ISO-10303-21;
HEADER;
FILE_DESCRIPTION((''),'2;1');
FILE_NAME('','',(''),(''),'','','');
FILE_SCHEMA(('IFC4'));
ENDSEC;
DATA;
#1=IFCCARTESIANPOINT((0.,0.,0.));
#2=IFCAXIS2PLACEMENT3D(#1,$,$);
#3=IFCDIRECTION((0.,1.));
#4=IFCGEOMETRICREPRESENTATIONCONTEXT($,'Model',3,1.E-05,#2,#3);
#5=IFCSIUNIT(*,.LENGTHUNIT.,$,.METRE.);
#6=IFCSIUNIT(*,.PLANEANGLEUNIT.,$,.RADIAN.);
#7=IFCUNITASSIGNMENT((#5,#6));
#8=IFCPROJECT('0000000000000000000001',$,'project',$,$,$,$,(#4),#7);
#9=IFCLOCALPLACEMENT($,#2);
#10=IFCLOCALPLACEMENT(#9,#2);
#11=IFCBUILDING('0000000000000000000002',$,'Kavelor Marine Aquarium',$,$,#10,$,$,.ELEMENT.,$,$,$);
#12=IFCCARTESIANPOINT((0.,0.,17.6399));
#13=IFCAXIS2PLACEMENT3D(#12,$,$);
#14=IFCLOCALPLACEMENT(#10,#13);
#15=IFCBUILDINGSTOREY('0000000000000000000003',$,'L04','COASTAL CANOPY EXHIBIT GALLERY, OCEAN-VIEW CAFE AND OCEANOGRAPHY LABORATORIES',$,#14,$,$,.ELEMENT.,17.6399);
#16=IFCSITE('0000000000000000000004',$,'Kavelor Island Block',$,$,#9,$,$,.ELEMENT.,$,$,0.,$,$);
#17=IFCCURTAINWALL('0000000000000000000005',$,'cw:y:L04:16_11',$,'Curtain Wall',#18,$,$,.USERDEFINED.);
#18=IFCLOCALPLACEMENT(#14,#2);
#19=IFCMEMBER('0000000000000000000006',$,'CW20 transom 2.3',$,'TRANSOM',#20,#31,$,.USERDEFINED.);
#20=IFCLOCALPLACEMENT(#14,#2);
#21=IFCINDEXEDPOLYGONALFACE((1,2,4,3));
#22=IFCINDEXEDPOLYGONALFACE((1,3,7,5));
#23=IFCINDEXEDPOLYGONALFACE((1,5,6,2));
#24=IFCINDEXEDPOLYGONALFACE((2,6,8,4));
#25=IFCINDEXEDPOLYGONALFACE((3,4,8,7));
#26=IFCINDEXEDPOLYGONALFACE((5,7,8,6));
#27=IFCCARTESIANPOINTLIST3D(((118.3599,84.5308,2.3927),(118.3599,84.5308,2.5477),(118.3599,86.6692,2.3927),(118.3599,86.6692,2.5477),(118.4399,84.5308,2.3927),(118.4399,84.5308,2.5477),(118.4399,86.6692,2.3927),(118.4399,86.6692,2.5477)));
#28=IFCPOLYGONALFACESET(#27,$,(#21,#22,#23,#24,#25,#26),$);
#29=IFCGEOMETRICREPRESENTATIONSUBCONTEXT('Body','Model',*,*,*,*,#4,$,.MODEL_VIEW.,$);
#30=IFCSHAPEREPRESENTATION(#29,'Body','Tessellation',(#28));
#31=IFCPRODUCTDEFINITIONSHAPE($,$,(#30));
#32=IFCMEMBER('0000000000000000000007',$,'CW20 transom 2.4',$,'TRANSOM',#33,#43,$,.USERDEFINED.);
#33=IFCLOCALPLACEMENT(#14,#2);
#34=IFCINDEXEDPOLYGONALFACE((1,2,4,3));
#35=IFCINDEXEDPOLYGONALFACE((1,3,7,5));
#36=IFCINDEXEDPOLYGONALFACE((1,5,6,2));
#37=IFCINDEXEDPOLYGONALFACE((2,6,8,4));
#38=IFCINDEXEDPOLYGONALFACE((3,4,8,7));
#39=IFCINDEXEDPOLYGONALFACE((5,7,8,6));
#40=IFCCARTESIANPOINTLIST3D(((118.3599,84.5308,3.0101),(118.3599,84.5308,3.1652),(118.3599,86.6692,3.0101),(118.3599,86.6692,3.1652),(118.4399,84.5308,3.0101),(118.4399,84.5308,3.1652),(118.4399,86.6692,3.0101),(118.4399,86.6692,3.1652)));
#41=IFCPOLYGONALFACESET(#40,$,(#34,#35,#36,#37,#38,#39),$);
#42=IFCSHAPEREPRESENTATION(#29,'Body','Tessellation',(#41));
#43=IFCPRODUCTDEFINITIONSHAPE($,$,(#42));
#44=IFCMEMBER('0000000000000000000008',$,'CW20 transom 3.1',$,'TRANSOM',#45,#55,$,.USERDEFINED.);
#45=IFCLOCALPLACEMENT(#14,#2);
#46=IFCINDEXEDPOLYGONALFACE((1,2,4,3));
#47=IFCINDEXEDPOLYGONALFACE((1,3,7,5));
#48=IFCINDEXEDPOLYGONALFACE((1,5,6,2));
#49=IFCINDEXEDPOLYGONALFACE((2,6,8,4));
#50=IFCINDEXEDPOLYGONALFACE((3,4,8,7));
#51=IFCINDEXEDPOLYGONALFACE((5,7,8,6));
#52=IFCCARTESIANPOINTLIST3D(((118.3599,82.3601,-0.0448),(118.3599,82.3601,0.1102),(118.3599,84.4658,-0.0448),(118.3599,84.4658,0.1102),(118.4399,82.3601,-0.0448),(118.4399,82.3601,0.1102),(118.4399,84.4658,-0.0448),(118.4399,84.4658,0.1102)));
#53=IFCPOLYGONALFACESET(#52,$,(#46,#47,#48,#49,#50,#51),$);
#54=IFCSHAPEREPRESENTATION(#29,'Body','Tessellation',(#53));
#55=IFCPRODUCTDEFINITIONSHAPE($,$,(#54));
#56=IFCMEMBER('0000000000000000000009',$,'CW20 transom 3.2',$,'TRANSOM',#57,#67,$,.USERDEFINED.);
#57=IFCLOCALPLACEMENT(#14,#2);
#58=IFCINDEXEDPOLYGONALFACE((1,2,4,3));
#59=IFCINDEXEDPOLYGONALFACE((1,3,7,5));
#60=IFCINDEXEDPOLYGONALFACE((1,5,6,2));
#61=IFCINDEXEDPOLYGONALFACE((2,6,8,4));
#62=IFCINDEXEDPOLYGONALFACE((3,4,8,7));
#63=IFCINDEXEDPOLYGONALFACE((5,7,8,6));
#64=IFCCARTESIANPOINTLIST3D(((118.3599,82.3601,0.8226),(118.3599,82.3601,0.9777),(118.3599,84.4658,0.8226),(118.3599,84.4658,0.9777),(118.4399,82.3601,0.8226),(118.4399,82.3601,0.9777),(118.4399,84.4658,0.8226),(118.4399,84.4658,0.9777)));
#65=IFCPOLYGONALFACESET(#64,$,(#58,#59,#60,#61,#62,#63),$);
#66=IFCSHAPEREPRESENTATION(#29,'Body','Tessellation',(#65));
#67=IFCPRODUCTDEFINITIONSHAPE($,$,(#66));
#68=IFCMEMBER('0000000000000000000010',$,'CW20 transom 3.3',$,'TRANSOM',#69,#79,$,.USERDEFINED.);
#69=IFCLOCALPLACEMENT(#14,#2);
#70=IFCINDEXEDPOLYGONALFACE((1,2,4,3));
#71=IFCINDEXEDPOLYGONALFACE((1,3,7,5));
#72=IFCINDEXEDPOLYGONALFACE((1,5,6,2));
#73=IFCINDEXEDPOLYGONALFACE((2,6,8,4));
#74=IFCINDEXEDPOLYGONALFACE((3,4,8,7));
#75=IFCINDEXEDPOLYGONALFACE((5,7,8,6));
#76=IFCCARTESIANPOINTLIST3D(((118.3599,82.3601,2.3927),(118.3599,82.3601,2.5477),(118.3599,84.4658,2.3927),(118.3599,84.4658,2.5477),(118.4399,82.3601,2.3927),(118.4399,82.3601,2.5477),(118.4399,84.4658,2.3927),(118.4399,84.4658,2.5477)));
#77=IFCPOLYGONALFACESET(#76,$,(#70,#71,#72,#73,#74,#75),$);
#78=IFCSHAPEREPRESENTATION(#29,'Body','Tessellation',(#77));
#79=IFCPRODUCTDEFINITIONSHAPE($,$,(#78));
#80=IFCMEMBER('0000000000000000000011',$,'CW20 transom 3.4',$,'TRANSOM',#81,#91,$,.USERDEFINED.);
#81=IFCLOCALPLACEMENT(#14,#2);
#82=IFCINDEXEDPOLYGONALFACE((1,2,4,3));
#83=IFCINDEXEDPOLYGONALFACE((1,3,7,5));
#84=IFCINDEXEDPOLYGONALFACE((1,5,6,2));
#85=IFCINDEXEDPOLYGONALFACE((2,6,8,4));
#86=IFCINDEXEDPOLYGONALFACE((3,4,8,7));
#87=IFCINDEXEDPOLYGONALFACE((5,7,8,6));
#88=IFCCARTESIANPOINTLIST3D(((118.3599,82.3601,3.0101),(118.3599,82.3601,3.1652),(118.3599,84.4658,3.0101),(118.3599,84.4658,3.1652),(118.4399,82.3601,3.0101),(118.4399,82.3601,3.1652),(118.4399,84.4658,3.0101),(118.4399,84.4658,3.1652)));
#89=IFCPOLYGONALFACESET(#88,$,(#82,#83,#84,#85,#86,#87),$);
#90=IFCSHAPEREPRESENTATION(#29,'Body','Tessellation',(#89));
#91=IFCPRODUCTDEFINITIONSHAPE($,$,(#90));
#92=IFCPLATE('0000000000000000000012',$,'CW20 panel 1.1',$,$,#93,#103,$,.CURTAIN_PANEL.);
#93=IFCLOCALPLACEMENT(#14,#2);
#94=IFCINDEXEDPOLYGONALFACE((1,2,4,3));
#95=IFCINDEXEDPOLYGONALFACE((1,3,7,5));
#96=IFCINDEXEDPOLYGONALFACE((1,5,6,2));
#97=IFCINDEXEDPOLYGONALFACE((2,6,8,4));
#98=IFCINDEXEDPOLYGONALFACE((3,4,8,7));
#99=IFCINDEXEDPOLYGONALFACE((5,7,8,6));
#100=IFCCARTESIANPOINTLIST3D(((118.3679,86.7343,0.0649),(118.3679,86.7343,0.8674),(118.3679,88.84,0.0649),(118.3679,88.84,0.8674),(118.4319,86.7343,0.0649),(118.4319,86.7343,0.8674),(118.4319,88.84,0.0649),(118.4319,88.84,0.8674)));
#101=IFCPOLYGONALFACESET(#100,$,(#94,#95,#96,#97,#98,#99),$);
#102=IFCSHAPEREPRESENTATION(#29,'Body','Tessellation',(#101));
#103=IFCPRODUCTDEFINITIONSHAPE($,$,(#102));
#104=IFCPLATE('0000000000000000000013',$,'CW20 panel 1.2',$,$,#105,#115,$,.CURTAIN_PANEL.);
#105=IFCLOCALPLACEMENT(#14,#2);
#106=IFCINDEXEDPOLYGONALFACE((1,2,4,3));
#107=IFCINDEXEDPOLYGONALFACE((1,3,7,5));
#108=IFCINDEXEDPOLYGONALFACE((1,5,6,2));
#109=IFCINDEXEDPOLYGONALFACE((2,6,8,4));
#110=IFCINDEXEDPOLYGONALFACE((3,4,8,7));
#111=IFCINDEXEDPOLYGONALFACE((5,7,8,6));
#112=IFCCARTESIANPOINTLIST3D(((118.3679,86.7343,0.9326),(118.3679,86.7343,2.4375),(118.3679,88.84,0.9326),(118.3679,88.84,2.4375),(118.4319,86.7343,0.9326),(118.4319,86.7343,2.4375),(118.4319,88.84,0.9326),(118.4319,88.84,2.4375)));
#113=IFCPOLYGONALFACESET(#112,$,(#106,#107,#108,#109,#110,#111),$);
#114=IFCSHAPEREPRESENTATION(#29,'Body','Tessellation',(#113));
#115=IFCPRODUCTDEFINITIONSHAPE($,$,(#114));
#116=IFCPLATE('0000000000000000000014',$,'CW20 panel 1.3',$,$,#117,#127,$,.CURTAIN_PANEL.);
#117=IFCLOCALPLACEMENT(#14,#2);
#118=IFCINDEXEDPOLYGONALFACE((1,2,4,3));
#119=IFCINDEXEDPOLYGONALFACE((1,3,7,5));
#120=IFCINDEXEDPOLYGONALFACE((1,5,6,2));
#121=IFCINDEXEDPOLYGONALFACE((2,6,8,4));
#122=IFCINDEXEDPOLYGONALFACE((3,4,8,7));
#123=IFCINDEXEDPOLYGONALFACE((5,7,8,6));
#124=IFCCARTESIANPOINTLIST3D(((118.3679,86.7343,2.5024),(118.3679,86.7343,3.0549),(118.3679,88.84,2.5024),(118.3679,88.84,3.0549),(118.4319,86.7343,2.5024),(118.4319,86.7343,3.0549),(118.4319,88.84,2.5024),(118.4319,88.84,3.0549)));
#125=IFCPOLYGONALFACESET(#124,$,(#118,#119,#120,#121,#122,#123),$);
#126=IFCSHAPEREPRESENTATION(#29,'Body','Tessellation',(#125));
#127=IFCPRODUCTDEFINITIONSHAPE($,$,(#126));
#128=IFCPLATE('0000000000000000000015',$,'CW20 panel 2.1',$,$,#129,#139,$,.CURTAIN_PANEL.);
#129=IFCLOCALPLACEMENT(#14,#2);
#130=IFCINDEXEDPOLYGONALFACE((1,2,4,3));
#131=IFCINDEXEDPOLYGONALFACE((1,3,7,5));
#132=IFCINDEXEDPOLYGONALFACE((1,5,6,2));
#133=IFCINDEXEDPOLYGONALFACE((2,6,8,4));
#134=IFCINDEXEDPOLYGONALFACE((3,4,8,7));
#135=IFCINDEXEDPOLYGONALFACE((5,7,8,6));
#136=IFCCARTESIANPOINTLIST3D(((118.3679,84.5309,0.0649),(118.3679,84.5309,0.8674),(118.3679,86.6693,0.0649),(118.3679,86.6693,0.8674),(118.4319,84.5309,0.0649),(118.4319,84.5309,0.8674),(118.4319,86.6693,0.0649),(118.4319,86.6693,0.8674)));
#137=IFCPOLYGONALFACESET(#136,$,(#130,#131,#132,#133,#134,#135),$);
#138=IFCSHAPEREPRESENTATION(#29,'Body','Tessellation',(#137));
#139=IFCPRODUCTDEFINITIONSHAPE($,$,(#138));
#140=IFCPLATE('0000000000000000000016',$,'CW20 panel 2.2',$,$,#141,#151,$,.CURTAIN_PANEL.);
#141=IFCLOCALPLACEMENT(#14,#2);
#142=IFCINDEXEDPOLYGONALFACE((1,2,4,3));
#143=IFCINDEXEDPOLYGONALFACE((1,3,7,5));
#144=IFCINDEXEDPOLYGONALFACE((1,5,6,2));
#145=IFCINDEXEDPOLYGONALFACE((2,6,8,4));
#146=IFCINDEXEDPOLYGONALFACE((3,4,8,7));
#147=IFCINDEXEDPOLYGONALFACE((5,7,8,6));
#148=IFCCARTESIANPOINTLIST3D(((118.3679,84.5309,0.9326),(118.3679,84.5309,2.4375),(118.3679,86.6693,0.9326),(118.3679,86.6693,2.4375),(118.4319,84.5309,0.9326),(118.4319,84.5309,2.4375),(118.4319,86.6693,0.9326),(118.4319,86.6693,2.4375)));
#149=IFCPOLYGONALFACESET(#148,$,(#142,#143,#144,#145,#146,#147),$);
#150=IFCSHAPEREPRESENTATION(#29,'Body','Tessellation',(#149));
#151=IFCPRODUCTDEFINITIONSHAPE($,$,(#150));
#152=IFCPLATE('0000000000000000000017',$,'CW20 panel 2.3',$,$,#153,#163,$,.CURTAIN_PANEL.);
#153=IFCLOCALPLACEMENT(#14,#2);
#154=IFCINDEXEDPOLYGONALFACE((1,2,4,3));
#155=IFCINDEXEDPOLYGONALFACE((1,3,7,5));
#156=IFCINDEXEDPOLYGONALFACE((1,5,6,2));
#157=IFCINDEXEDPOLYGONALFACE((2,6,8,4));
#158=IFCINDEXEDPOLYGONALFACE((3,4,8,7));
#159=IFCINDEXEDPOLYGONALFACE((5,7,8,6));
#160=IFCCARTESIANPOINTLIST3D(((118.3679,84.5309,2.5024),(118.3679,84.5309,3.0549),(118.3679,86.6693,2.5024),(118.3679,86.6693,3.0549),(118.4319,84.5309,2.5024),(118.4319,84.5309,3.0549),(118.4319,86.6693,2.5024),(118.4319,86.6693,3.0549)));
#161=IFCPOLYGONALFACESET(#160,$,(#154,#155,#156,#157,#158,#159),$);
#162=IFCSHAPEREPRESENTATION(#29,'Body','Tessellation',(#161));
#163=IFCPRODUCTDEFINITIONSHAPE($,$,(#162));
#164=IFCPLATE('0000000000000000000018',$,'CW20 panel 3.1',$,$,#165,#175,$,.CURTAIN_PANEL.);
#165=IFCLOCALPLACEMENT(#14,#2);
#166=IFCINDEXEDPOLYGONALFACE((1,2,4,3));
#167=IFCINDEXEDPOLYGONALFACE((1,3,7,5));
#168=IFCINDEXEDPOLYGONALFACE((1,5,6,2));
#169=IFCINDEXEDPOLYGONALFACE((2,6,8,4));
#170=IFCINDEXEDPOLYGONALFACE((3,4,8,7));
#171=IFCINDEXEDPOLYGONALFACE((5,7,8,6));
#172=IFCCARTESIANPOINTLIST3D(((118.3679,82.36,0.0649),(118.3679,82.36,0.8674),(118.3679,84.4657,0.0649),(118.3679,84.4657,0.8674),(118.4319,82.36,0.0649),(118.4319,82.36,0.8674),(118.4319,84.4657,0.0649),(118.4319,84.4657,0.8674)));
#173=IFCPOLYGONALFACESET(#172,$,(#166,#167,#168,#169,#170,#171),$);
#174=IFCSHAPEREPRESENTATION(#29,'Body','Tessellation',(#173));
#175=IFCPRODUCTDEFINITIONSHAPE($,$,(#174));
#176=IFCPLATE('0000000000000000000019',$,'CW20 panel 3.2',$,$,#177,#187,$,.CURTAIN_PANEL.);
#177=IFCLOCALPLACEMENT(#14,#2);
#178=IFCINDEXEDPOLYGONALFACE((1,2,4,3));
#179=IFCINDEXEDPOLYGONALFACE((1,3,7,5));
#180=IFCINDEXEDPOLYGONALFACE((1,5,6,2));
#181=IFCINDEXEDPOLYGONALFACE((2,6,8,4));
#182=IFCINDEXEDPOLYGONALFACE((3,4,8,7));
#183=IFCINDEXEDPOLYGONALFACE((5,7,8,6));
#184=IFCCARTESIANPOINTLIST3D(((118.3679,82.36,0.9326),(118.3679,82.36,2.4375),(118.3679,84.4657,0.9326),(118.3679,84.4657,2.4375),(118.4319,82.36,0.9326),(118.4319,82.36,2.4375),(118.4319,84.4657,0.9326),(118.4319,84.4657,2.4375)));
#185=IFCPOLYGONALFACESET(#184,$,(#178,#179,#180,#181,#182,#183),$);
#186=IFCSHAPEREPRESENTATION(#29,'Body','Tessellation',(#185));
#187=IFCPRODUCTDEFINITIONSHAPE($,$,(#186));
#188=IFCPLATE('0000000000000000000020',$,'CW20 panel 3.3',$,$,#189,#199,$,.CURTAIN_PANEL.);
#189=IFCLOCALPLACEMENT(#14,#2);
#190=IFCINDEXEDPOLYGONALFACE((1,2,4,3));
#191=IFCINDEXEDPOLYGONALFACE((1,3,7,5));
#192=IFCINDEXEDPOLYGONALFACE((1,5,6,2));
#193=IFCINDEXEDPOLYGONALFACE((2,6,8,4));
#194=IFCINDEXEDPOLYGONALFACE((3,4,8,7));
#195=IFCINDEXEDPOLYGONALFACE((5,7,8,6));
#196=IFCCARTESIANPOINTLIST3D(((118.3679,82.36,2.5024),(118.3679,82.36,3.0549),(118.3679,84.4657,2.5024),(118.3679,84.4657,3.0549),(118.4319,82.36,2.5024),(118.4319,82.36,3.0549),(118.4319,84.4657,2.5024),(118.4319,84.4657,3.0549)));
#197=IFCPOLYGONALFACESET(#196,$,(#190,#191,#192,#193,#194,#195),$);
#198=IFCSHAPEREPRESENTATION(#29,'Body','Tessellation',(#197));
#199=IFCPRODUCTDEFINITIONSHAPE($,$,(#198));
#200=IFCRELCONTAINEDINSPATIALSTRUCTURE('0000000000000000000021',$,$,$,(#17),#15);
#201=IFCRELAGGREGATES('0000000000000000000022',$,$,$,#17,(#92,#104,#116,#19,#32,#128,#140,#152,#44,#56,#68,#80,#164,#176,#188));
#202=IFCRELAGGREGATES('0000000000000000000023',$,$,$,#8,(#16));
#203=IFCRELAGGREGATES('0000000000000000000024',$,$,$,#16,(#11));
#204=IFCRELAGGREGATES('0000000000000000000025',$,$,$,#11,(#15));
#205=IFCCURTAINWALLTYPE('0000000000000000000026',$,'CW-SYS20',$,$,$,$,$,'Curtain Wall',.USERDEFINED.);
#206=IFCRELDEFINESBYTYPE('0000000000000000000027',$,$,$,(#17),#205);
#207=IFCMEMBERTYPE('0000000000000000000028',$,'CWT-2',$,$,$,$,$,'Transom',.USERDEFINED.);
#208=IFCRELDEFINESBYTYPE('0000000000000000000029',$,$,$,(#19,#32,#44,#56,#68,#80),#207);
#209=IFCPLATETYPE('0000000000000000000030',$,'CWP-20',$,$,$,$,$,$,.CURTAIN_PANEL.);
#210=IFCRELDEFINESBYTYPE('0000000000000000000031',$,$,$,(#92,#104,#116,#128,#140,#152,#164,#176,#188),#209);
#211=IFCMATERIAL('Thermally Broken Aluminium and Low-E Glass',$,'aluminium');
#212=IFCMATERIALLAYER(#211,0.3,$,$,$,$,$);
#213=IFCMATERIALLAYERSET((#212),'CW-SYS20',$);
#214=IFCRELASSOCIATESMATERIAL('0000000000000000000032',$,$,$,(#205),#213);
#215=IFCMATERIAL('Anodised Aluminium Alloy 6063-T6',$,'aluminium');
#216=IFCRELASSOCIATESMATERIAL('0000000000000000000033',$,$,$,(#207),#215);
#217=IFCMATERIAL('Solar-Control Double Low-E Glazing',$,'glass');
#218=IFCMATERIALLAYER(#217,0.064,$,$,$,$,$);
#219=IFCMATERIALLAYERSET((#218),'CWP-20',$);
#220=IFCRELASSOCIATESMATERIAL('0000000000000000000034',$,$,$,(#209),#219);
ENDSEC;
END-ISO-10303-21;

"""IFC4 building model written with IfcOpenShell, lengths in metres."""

from ifc_helpers import new_model, si_unit, direction, frame, origin, origin_2d, place, context, subcontext, project, spatial, rectangle, extrude, material, layer, layer_set, material_profile, profile_set, type_object, element, aggregate, save


model = new_model("IFC4")

# Units and contexts
model_context = context("Model", 3, precision=1e-05, world=origin(), true_north=direction((0.0, 1.0)))
body_context = subcontext(model_context, "Body", "Model", "MODEL_VIEW")
ifc_project = project(units=[si_unit("LENGTHUNIT", "METRE"), si_unit("PLANEANGLEUNIT", "RADIAN")], contexts=[model_context])

# Site, building, storey
site_placement = place(None, origin())
site = spatial("IfcSite", under=ifc_project, at=site_placement, Name="Kavelor Island Block", CompositionType="ELEMENT", RefElevation=0.0)
building_placement = place(site_placement, origin())
building = spatial("IfcBuilding", under=site, at=building_placement, Name="Kavelor Marine Aquarium", CompositionType="ELEMENT")
storey_placement = place(building_placement, frame((0.0, 0.0, 17.6399)))
storey = spatial("IfcBuildingStorey", under=building, at=storey_placement, Name="L04", Description="COASTAL CANOPY EXHIBIT GALLERY, OCEAN-VIEW CAFE AND OCEANOGRAPHY LABORATORIES", CompositionType="ELEMENT", Elevation=17.6399)

# Curtain wall, members, plates
ifc_material_1 = material(Name="Thermally Broken Aluminium and Low-E Glass", Category="aluminium")
ifc_layer_1 = layer(ifc_material_1, 0.3)
ifc_layer_set_1 = layer_set([ifc_layer_1], Name="CW-SYS20")
curtain_wall_type = type_object("IfcCurtainWallType", Name="CW-SYS20", ElementType="Curtain Wall", PredefinedType="USERDEFINED", material=ifc_layer_set_1)
curtain_wall_placement = place(storey_placement, origin())
curtain_wall = element("IfcCurtainWall", 1, at=curtain_wall_placement, inside=storey, type_object=curtain_wall_type, Name="cw:y:L04:16_11", ObjectType="Curtain Wall", PredefinedType="USERDEFINED")
ifc_material_2 = material(Name="Anodised Aluminium Alloy 6063-T6", Category="aluminium")
ifc_material_profile_1 = material_profile(ifc_material_2, rectangle(XDim=0.0801, YDim=0.155, at=origin_2d()), Name="CW-TRN 80x155")
ifc_profile_set_1 = profile_set([ifc_material_profile_1], Name="Anodised Aluminium Alloy 6063-T6")
member_type_1 = type_object("IfcMemberType", Name="CWT-2", ElementType="Transom", PredefinedType="USERDEFINED", material=ifc_profile_set_1)
member_1_placement = place(storey_placement, frame((118.3999, 86.6692, 2.4702), z_axis=(0.0, -1.0, 0.0), x_axis=(1.0, 0.0, 0.0)))
member_1 = element("IfcMember", 2, at=member_1_placement, type_object=member_type_1, Name="CW20 transom 2.3", ObjectType="TRANSOM", PredefinedType="USERDEFINED", context=body_context, shape_type="SweptSolid", body=[
    extrude(rectangle(XDim=0.0801, YDim=0.155, at=origin_2d()), origin(), (0.0, 0.0, 1.0), 2.1384),
])
member_2_placement = place(storey_placement, frame((118.3999, 86.6692, 3.0876), z_axis=(0.0, -1.0, 0.0), x_axis=(1.0, 0.0, 0.0)))
member_2 = element("IfcMember", 3, at=member_2_placement, type_object=member_type_1, Name="CW20 transom 2.4", ObjectType="TRANSOM", PredefinedType="USERDEFINED", context=body_context, shape_type="SweptSolid", body=[
    extrude(rectangle(XDim=0.0801, YDim=0.155, at=origin_2d()), origin(), (0.0, 0.0, 1.0), 2.1384),
])
member_3_placement = place(storey_placement, frame((118.3999, 84.4658, 0.0327), z_axis=(0.0, -1.0, 0.0), x_axis=(1.0, 0.0, 0.0)))
member_3 = element("IfcMember", 4, at=member_3_placement, type_object=member_type_1, Name="CW20 transom 3.1", ObjectType="TRANSOM", PredefinedType="USERDEFINED", context=body_context, shape_type="SweptSolid", body=[
    extrude(rectangle(XDim=0.0801, YDim=0.155, at=origin_2d()), origin(), (0.0, 0.0, 1.0), 2.1057),
])
member_4_placement = place(storey_placement, frame((118.3999, 84.4658, 0.9001), z_axis=(0.0, -1.0, 0.0), x_axis=(1.0, 0.0, 0.0)))
member_4 = element("IfcMember", 5, at=member_4_placement, type_object=member_type_1, Name="CW20 transom 3.2", ObjectType="TRANSOM", PredefinedType="USERDEFINED", context=body_context, shape_type="SweptSolid", body=[
    extrude(rectangle(XDim=0.0801, YDim=0.155, at=origin_2d()), origin(), (0.0, 0.0, 1.0), 2.1057),
])
member_5_placement = place(storey_placement, frame((118.3999, 84.4658, 2.4702), z_axis=(0.0, -1.0, 0.0), x_axis=(1.0, 0.0, 0.0)))
member_5 = element("IfcMember", 6, at=member_5_placement, type_object=member_type_1, Name="CW20 transom 3.3", ObjectType="TRANSOM", PredefinedType="USERDEFINED", context=body_context, shape_type="SweptSolid", body=[
    extrude(rectangle(XDim=0.0801, YDim=0.155, at=origin_2d()), origin(), (0.0, 0.0, 1.0), 2.1057),
])
member_6_placement = place(storey_placement, frame((118.3999, 84.4658, 3.0876), z_axis=(0.0, -1.0, 0.0), x_axis=(1.0, 0.0, 0.0)))
member_6 = element("IfcMember", 7, at=member_6_placement, type_object=member_type_1, Name="CW20 transom 3.4", ObjectType="TRANSOM", PredefinedType="USERDEFINED", context=body_context, shape_type="SweptSolid", body=[
    extrude(rectangle(XDim=0.0801, YDim=0.155, at=origin_2d()), origin(), (0.0, 0.0, 1.0), 2.1057),
])
ifc_material_3 = material(Name="Solar-Control Double Low-E Glazing", Category="glass")
ifc_layer_2 = layer(ifc_material_3, 0.064)
ifc_layer_set_2 = layer_set([ifc_layer_2], Name="CWP-20")
plate_type = type_object("IfcPlateType", Name="CWP-20", PredefinedType="CURTAIN_PANEL", material=ifc_layer_set_2)
plate_1_placement = place(storey_placement, frame((118.3999, 87.7871, 0.0649), z_axis=(0.0, 0.0, 1.0), x_axis=(0.0, -1.0, 0.0)))
plate_1 = element("IfcPlate", 8, at=plate_1_placement, type_object=plate_type, Name="CW20 panel 1.1", PredefinedType="CURTAIN_PANEL", context=body_context, shape_type="SweptSolid", body=[
    extrude(rectangle(XDim=2.1057, YDim=0.064, at=origin_2d()), origin(), (0.0, 0.0, 1.0), 0.8025),
])
plate_2_placement = place(storey_placement, frame((118.3999, 87.7871, 0.9326), z_axis=(0.0, 0.0, 1.0), x_axis=(0.0, -1.0, 0.0)))
plate_2 = element("IfcPlate", 9, at=plate_2_placement, type_object=plate_type, Name="CW20 panel 1.2", PredefinedType="CURTAIN_PANEL", context=body_context, shape_type="SweptSolid", body=[
    extrude(rectangle(XDim=2.1057, YDim=0.064, at=origin_2d()), origin(), (0.0, 0.0, 1.0), 1.5049),
])
plate_3_placement = place(storey_placement, frame((118.3999, 87.7871, 2.5024), z_axis=(0.0, 0.0, 1.0), x_axis=(0.0, -1.0, 0.0)))
plate_3 = element("IfcPlate", 10, at=plate_3_placement, type_object=plate_type, Name="CW20 panel 1.3", PredefinedType="CURTAIN_PANEL", context=body_context, shape_type="SweptSolid", body=[
    extrude(rectangle(XDim=2.1057, YDim=0.064, at=origin_2d()), origin(), (0.0, 0.0, 1.0), 0.5525),
])
plate_4_placement = place(storey_placement, frame((118.3999, 85.6001, 0.0649), z_axis=(0.0, 0.0, 1.0), x_axis=(0.0, -1.0, 0.0)))
plate_4 = element("IfcPlate", 11, at=plate_4_placement, type_object=plate_type, Name="CW20 panel 2.1", PredefinedType="CURTAIN_PANEL", context=body_context, shape_type="SweptSolid", body=[
    extrude(rectangle(XDim=2.1384, YDim=0.064, at=origin_2d()), origin(), (0.0, 0.0, 1.0), 0.8025),
])
plate_5_placement = place(storey_placement, frame((118.3999, 85.6001, 0.9326), z_axis=(0.0, 0.0, 1.0), x_axis=(0.0, -1.0, 0.0)))
plate_5 = element("IfcPlate", 12, at=plate_5_placement, type_object=plate_type, Name="CW20 panel 2.2", PredefinedType="CURTAIN_PANEL", context=body_context, shape_type="SweptSolid", body=[
    extrude(rectangle(XDim=2.1384, YDim=0.064, at=origin_2d()), origin(), (0.0, 0.0, 1.0), 1.5049),
])
plate_6_placement = place(storey_placement, frame((118.3999, 85.6001, 2.5024), z_axis=(0.0, 0.0, 1.0), x_axis=(0.0, -1.0, 0.0)))
plate_6 = element("IfcPlate", 13, at=plate_6_placement, type_object=plate_type, Name="CW20 panel 2.3", PredefinedType="CURTAIN_PANEL", context=body_context, shape_type="SweptSolid", body=[
    extrude(rectangle(XDim=2.1384, YDim=0.064, at=origin_2d()), origin(), (0.0, 0.0, 1.0), 0.5525),
])
plate_7_placement = place(storey_placement, frame((118.3999, 83.4128, 0.0649), z_axis=(0.0, 0.0, 1.0), x_axis=(0.0, -1.0, 0.0)))
plate_7 = element("IfcPlate", 14, at=plate_7_placement, type_object=plate_type, Name="CW20 panel 3.1", PredefinedType="CURTAIN_PANEL", context=body_context, shape_type="SweptSolid", body=[
    extrude(rectangle(XDim=2.1057, YDim=0.064, at=origin_2d()), origin(), (0.0, 0.0, 1.0), 0.8025),
])
plate_8_placement = place(storey_placement, frame((118.3999, 83.4128, 0.9326), z_axis=(0.0, 0.0, 1.0), x_axis=(0.0, -1.0, 0.0)))
plate_8 = element("IfcPlate", 15, at=plate_8_placement, type_object=plate_type, Name="CW20 panel 3.2", PredefinedType="CURTAIN_PANEL", context=body_context, shape_type="SweptSolid", body=[
    extrude(rectangle(XDim=2.1057, YDim=0.064, at=origin_2d()), origin(), (0.0, 0.0, 1.0), 1.5049),
])
plate_9_placement = place(storey_placement, frame((118.3999, 83.4128, 2.5024), z_axis=(0.0, 0.0, 1.0), x_axis=(0.0, -1.0, 0.0)))
plate_9 = element("IfcPlate", 16, at=plate_9_placement, type_object=plate_type, Name="CW20 panel 3.3", PredefinedType="CURTAIN_PANEL", context=body_context, shape_type="SweptSolid", body=[
    extrude(rectangle(XDim=2.1057, YDim=0.064, at=origin_2d()), origin(), (0.0, 0.0, 1.0), 0.5525),
])
aggregate(curtain_wall, [plate_1, plate_2, plate_3, member_1, member_2, plate_4, plate_5, plate_6, member_3, member_4, member_5, member_6, plate_7, plate_8, plate_9])

save(model, "model.ifc")
